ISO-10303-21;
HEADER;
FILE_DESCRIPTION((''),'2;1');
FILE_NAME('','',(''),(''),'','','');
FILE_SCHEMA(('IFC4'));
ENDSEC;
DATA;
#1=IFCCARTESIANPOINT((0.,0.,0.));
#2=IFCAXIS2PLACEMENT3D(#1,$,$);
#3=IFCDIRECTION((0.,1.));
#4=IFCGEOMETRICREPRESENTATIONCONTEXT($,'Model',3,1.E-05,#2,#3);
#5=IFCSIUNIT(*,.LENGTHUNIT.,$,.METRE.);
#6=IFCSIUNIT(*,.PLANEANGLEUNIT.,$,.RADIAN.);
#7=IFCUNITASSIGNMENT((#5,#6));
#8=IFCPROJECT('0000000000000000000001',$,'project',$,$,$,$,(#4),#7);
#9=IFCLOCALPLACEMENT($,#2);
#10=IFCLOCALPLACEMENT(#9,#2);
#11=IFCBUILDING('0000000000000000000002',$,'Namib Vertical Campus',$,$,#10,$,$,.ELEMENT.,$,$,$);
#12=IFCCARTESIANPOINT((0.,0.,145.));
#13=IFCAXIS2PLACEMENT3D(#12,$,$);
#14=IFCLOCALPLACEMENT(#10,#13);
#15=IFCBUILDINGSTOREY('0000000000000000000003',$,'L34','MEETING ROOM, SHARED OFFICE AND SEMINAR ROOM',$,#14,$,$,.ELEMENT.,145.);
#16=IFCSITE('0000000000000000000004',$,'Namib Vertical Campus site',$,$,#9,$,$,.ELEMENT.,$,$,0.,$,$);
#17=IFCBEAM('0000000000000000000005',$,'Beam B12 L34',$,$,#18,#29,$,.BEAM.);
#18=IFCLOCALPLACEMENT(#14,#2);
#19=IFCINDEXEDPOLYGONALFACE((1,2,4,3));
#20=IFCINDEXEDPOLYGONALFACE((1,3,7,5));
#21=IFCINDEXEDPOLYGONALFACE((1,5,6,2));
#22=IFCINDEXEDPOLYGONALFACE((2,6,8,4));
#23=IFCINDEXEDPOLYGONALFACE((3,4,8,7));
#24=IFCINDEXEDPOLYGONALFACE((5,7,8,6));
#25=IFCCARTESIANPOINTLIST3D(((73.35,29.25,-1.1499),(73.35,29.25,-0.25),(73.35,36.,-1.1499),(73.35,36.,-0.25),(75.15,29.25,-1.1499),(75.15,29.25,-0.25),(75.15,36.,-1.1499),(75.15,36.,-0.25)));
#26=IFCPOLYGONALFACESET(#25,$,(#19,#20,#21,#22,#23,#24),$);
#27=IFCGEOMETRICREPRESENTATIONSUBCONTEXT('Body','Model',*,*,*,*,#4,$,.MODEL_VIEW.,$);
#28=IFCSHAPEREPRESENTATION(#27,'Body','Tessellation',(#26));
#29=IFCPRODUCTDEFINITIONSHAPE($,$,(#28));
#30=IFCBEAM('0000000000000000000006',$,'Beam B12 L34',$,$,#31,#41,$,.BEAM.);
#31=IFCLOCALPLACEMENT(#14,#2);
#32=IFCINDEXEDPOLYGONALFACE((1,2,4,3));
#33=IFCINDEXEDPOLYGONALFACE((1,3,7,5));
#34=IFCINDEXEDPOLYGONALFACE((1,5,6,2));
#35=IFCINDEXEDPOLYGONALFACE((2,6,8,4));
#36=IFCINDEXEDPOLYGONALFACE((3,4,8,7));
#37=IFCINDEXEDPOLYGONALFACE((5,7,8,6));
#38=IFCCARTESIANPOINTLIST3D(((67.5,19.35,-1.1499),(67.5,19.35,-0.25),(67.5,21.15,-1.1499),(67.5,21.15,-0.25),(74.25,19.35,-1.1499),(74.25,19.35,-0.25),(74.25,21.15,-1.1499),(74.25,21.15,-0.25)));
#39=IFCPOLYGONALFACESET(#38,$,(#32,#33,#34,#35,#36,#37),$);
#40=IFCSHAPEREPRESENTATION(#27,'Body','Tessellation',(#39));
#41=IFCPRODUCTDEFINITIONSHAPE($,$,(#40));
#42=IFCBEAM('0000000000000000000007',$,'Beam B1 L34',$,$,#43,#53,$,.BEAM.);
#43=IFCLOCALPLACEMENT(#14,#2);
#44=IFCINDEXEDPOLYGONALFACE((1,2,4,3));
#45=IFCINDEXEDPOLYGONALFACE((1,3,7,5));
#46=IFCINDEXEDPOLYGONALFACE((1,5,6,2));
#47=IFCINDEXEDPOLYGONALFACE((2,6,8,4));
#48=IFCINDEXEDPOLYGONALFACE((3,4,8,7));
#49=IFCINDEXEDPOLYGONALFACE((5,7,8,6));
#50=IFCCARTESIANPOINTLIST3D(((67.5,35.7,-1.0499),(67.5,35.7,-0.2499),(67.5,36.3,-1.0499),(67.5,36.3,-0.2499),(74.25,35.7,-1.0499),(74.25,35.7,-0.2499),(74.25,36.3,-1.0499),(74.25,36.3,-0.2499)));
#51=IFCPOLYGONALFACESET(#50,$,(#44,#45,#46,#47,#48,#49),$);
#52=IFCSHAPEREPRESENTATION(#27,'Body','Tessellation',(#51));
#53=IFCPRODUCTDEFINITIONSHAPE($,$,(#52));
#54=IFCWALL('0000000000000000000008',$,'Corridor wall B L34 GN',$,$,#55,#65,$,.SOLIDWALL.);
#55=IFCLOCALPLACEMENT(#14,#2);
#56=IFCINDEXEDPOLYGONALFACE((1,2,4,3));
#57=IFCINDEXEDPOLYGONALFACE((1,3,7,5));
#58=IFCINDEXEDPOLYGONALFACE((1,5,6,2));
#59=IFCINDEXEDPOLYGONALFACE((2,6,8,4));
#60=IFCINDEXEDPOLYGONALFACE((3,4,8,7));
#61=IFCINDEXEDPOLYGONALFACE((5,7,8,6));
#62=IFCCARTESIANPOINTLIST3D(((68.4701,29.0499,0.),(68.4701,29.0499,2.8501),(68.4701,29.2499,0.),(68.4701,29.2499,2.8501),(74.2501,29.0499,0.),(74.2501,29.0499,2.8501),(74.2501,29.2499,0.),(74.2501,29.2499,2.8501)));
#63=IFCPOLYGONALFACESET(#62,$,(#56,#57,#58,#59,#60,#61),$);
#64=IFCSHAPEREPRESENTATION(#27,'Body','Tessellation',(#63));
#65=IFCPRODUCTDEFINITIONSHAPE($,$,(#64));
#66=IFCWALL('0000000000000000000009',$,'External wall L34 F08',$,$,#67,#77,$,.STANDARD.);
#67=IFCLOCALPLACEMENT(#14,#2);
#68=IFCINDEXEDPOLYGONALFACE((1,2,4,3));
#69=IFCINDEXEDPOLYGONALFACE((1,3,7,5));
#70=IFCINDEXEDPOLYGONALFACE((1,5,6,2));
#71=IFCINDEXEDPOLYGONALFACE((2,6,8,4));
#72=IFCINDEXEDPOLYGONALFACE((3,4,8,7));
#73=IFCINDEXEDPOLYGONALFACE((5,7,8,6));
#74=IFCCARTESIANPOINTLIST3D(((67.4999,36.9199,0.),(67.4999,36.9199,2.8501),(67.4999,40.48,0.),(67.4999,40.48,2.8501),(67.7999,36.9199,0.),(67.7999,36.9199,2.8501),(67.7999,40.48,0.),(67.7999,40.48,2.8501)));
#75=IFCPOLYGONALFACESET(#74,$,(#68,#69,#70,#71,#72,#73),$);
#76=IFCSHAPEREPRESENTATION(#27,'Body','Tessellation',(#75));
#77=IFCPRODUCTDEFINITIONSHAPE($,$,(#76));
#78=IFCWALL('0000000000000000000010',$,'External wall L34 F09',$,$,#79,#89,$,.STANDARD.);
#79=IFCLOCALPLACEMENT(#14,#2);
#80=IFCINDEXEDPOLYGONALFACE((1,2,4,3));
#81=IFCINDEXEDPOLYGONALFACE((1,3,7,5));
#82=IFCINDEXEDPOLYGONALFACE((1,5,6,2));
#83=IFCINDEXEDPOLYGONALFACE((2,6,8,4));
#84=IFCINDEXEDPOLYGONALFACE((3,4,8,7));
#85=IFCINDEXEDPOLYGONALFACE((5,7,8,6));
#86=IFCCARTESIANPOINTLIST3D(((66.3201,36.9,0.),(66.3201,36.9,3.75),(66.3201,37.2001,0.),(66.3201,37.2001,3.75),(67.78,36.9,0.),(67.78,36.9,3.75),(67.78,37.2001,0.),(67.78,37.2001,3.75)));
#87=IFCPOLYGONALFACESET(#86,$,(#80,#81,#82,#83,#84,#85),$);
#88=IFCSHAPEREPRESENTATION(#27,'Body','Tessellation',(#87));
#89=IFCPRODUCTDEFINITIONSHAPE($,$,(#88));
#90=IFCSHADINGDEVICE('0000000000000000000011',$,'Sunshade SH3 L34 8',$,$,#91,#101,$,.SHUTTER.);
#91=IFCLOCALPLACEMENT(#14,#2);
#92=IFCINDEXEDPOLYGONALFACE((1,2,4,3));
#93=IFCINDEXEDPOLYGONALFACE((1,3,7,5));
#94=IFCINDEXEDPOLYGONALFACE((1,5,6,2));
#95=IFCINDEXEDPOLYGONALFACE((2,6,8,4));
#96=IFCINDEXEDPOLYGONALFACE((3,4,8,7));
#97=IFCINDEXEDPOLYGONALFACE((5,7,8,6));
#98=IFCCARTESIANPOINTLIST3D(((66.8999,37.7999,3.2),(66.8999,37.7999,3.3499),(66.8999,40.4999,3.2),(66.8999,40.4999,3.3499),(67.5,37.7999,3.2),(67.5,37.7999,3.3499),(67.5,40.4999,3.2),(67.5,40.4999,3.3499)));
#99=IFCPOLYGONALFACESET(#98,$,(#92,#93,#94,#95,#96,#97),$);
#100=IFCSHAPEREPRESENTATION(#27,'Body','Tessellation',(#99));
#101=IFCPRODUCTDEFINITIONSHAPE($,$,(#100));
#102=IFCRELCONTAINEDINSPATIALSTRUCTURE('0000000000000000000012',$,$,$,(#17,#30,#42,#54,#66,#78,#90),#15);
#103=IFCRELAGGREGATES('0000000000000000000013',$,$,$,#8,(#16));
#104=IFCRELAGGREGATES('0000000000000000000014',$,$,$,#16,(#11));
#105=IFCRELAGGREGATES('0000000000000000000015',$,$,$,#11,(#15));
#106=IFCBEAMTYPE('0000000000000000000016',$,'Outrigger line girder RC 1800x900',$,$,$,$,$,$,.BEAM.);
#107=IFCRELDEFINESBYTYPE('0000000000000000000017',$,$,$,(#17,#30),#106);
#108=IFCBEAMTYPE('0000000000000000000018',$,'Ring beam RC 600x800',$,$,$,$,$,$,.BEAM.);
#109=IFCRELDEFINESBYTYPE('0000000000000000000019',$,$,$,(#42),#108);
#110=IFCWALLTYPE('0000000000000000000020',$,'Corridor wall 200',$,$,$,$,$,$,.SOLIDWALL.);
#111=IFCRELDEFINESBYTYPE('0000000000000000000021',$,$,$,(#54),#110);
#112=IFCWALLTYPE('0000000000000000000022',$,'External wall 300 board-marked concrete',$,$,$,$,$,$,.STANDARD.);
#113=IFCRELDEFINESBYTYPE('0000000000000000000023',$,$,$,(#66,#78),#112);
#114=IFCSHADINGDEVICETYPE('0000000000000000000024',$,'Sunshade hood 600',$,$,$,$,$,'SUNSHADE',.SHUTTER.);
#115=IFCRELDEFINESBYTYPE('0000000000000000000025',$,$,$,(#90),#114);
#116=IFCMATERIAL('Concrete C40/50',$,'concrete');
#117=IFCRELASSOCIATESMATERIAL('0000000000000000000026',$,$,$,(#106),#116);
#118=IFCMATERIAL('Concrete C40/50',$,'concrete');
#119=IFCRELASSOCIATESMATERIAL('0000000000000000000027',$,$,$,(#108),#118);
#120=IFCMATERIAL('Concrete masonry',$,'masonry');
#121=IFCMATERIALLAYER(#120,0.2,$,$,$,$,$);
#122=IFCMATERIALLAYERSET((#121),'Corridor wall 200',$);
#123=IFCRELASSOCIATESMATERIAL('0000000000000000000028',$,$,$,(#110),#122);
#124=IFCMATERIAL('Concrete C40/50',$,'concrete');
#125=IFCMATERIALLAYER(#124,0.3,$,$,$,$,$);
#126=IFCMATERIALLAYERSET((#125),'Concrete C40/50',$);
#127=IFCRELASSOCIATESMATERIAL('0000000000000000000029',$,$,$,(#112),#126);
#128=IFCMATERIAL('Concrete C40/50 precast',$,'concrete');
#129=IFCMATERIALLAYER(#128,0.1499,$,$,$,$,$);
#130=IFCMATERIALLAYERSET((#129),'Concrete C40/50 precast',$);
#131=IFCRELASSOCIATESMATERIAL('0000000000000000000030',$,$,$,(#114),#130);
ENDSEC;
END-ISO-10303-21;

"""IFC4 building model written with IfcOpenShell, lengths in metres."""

from ifc_helpers import new_model, si_unit, direction, frame, frame_2d, origin, origin_2d, place, context, subcontext, project, spatial, rectangle, extrude, material, layer, layer_set, material_profile, profile_set, type_object, element, save


model = new_model("IFC4")

# Units and contexts
model_context = context("Model", 3, precision=1e-05, world=origin(), true_north=direction((0.0, 1.0)))
body_context = subcontext(model_context, "Body", "Model", "MODEL_VIEW")
ifc_project = project(units=[si_unit("LENGTHUNIT", "METRE"), si_unit("PLANEANGLEUNIT", "RADIAN")], contexts=[model_context])

# Site, building, storey
site_placement = place(None, origin())
site = spatial("IfcSite", under=ifc_project, at=site_placement, Name="Namib Vertical Campus site", CompositionType="ELEMENT", RefElevation=0.0)
building_placement = place(site_placement, origin())
building = spatial("IfcBuilding", under=site, at=building_placement, Name="Namib Vertical Campus", CompositionType="ELEMENT")
storey_placement = place(building_placement, frame((0.0, 0.0, 145.0)))
storey = spatial("IfcBuildingStorey", under=building, at=storey_placement, Name="L34", Description="MEETING ROOM, SHARED OFFICE AND SEMINAR ROOM", CompositionType="ELEMENT", Elevation=145.0)

# Beams
ifc_material_1 = material(Name="Concrete C40/50", Category="concrete")
ifc_material_profile_1 = material_profile(ifc_material_1, rectangle(XDim=1.8, YDim=0.8999, at=origin_2d()))
ifc_profile_set_1 = profile_set([ifc_material_profile_1], Name="Concrete C40/50")
beam_type_1 = type_object("IfcBeamType", Name="Outrigger line girder RC 1800x900", PredefinedType="BEAM", material=ifc_profile_set_1)
for number, where, z_axis, x_axis, name in (
    (1, (74.25, 36.0, -0.7), (0.0, -1.0, 0.0), (1.0, 0.0, 0.0), "Beam B12 L34"),
    (2, (67.5, 20.25, -0.7), (1.0, 0.0, 0.0), (0.0, 1.0, 0.0), "Beam B12 L34"),
):
    element("IfcBeam", number, at=place(storey_placement, frame(where, z_axis=z_axis, x_axis=x_axis)), inside=storey, type_object=beam_type_1, Name=name, PredefinedType="BEAM", context=body_context, shape_type="SweptSolid", body=[
        extrude(rectangle(XDim=1.8, YDim=0.8999, at=origin_2d()), origin(), (0.0, 0.0, 1.0), 6.75),
    ])
ifc_material_2 = material(Name="Concrete C40/50", Category="concrete")
ifc_material_profile_2 = material_profile(ifc_material_2, rectangle(XDim=0.6001, YDim=0.8, at=origin_2d()))
ifc_profile_set_2 = profile_set([ifc_material_profile_2], Name="Concrete C40/50")
beam_type_2 = type_object("IfcBeamType", Name="Ring beam RC 600x800", PredefinedType="BEAM", material=ifc_profile_set_2)
beam_1_placement = place(storey_placement, frame((67.5, 36.0, -0.6499), z_axis=(1.0, 0.0, 0.0), x_axis=(0.0, 1.0, 0.0)))
element("IfcBeam", 3, at=beam_1_placement, inside=storey, type_object=beam_type_2, Name="Beam B1 L34", PredefinedType="BEAM", context=body_context, shape_type="SweptSolid", body=[
    extrude(rectangle(XDim=0.6001, YDim=0.8, at=origin_2d()), origin(), (0.0, 0.0, 1.0), 6.75),
])

# Walls
ifc_material_3 = material(Name="Concrete masonry", Category="masonry")
ifc_layer_1 = layer(ifc_material_3, 0.2)
ifc_layer_set_1 = layer_set([ifc_layer_1], Name="Corridor wall 200")
wall_type_1 = type_object("IfcWallType", Name="Corridor wall 200", PredefinedType="SOLIDWALL", material=ifc_layer_set_1)
wall_1_placement = place(storey_placement, frame((68.47, 29.1499, 0.0), z_axis=(0.0, 0.0, 1.0), x_axis=(1.0, 0.0, 0.0)))
element("IfcWall", 4, at=wall_1_placement, inside=storey, type_object=wall_type_1, Name="Corridor wall B L34 GN", PredefinedType="SOLIDWALL", context=body_context, shape_type="SweptSolid", body=[
    extrude(rectangle(XDim=5.78, YDim=0.2, at=frame_2d((2.8901, 0.0))), origin(), (0.0, 0.0, 1.0), 2.8501),
])
ifc_material_4 = material(Name="Concrete C40/50", Category="concrete")
ifc_layer_2 = layer(ifc_material_4, 0.3)
ifc_layer_set_2 = layer_set([ifc_layer_2], Name="Concrete C40/50")
wall_type_2 = type_object("IfcWallType", Name="External wall 300 board-marked concrete", PredefinedType="STANDARD", material=ifc_layer_set_2)
wall_2_placement = place(storey_placement, frame((67.6499, 40.48, 0.0), z_axis=(0.0, 0.0, 1.0), x_axis=(0.0, -1.0, 0.0)))
element("IfcWall", 5, at=wall_2_placement, inside=storey, type_object=wall_type_2, Name="External wall L34 F08", PredefinedType="STANDARD", context=body_context, shape_type="SweptSolid", body=[
    extrude(rectangle(XDim=3.5601, YDim=0.3, at=frame_2d((1.78, 0.0))), origin(), (0.0, 0.0, 1.0), 2.8501),
])
wall_3_placement = place(storey_placement, frame((67.78, 37.05, 0.0), z_axis=(0.0, 0.0, 1.0), x_axis=(-1.0, 0.0, 0.0)))
element("IfcWall", 6, at=wall_3_placement, inside=storey, type_object=wall_type_2, Name="External wall L34 F09", PredefinedType="STANDARD", context=body_context, shape_type="SweptSolid", body=[
    extrude(rectangle(XDim=1.46, YDim=0.3, at=frame_2d((0.73, 0.0))), origin(), (0.0, 0.0, 1.0), 3.75),
])

# Shading device
ifc_material_5 = material(Name="Concrete C40/50 precast", Category="concrete")
ifc_layer_3 = layer(ifc_material_5, 0.1499)
ifc_layer_set_3 = layer_set([ifc_layer_3], Name="Concrete C40/50 precast")
shading_device_type = type_object("IfcShadingDeviceType", Name="Sunshade hood 600", ElementType="SUNSHADE", PredefinedType="SHUTTER", material=ifc_layer_set_3)
shading_device_placement = place(storey_placement, frame((67.2, 39.1499, 3.2), z_axis=(0.0, 0.0, 1.0), x_axis=(0.0, -1.0, 0.0)))
element("IfcShadingDevice", 7, at=shading_device_placement, inside=storey, type_object=shading_device_type, Name="Sunshade SH3 L34 8", PredefinedType="SHUTTER", context=body_context, shape_type="SweptSolid", body=[
    extrude(rectangle(XDim=2.7, YDim=0.6001, at=origin_2d()), origin(), (0.0, 0.0, 1.0), 0.1499),
])

save(model, "model.ifc")
